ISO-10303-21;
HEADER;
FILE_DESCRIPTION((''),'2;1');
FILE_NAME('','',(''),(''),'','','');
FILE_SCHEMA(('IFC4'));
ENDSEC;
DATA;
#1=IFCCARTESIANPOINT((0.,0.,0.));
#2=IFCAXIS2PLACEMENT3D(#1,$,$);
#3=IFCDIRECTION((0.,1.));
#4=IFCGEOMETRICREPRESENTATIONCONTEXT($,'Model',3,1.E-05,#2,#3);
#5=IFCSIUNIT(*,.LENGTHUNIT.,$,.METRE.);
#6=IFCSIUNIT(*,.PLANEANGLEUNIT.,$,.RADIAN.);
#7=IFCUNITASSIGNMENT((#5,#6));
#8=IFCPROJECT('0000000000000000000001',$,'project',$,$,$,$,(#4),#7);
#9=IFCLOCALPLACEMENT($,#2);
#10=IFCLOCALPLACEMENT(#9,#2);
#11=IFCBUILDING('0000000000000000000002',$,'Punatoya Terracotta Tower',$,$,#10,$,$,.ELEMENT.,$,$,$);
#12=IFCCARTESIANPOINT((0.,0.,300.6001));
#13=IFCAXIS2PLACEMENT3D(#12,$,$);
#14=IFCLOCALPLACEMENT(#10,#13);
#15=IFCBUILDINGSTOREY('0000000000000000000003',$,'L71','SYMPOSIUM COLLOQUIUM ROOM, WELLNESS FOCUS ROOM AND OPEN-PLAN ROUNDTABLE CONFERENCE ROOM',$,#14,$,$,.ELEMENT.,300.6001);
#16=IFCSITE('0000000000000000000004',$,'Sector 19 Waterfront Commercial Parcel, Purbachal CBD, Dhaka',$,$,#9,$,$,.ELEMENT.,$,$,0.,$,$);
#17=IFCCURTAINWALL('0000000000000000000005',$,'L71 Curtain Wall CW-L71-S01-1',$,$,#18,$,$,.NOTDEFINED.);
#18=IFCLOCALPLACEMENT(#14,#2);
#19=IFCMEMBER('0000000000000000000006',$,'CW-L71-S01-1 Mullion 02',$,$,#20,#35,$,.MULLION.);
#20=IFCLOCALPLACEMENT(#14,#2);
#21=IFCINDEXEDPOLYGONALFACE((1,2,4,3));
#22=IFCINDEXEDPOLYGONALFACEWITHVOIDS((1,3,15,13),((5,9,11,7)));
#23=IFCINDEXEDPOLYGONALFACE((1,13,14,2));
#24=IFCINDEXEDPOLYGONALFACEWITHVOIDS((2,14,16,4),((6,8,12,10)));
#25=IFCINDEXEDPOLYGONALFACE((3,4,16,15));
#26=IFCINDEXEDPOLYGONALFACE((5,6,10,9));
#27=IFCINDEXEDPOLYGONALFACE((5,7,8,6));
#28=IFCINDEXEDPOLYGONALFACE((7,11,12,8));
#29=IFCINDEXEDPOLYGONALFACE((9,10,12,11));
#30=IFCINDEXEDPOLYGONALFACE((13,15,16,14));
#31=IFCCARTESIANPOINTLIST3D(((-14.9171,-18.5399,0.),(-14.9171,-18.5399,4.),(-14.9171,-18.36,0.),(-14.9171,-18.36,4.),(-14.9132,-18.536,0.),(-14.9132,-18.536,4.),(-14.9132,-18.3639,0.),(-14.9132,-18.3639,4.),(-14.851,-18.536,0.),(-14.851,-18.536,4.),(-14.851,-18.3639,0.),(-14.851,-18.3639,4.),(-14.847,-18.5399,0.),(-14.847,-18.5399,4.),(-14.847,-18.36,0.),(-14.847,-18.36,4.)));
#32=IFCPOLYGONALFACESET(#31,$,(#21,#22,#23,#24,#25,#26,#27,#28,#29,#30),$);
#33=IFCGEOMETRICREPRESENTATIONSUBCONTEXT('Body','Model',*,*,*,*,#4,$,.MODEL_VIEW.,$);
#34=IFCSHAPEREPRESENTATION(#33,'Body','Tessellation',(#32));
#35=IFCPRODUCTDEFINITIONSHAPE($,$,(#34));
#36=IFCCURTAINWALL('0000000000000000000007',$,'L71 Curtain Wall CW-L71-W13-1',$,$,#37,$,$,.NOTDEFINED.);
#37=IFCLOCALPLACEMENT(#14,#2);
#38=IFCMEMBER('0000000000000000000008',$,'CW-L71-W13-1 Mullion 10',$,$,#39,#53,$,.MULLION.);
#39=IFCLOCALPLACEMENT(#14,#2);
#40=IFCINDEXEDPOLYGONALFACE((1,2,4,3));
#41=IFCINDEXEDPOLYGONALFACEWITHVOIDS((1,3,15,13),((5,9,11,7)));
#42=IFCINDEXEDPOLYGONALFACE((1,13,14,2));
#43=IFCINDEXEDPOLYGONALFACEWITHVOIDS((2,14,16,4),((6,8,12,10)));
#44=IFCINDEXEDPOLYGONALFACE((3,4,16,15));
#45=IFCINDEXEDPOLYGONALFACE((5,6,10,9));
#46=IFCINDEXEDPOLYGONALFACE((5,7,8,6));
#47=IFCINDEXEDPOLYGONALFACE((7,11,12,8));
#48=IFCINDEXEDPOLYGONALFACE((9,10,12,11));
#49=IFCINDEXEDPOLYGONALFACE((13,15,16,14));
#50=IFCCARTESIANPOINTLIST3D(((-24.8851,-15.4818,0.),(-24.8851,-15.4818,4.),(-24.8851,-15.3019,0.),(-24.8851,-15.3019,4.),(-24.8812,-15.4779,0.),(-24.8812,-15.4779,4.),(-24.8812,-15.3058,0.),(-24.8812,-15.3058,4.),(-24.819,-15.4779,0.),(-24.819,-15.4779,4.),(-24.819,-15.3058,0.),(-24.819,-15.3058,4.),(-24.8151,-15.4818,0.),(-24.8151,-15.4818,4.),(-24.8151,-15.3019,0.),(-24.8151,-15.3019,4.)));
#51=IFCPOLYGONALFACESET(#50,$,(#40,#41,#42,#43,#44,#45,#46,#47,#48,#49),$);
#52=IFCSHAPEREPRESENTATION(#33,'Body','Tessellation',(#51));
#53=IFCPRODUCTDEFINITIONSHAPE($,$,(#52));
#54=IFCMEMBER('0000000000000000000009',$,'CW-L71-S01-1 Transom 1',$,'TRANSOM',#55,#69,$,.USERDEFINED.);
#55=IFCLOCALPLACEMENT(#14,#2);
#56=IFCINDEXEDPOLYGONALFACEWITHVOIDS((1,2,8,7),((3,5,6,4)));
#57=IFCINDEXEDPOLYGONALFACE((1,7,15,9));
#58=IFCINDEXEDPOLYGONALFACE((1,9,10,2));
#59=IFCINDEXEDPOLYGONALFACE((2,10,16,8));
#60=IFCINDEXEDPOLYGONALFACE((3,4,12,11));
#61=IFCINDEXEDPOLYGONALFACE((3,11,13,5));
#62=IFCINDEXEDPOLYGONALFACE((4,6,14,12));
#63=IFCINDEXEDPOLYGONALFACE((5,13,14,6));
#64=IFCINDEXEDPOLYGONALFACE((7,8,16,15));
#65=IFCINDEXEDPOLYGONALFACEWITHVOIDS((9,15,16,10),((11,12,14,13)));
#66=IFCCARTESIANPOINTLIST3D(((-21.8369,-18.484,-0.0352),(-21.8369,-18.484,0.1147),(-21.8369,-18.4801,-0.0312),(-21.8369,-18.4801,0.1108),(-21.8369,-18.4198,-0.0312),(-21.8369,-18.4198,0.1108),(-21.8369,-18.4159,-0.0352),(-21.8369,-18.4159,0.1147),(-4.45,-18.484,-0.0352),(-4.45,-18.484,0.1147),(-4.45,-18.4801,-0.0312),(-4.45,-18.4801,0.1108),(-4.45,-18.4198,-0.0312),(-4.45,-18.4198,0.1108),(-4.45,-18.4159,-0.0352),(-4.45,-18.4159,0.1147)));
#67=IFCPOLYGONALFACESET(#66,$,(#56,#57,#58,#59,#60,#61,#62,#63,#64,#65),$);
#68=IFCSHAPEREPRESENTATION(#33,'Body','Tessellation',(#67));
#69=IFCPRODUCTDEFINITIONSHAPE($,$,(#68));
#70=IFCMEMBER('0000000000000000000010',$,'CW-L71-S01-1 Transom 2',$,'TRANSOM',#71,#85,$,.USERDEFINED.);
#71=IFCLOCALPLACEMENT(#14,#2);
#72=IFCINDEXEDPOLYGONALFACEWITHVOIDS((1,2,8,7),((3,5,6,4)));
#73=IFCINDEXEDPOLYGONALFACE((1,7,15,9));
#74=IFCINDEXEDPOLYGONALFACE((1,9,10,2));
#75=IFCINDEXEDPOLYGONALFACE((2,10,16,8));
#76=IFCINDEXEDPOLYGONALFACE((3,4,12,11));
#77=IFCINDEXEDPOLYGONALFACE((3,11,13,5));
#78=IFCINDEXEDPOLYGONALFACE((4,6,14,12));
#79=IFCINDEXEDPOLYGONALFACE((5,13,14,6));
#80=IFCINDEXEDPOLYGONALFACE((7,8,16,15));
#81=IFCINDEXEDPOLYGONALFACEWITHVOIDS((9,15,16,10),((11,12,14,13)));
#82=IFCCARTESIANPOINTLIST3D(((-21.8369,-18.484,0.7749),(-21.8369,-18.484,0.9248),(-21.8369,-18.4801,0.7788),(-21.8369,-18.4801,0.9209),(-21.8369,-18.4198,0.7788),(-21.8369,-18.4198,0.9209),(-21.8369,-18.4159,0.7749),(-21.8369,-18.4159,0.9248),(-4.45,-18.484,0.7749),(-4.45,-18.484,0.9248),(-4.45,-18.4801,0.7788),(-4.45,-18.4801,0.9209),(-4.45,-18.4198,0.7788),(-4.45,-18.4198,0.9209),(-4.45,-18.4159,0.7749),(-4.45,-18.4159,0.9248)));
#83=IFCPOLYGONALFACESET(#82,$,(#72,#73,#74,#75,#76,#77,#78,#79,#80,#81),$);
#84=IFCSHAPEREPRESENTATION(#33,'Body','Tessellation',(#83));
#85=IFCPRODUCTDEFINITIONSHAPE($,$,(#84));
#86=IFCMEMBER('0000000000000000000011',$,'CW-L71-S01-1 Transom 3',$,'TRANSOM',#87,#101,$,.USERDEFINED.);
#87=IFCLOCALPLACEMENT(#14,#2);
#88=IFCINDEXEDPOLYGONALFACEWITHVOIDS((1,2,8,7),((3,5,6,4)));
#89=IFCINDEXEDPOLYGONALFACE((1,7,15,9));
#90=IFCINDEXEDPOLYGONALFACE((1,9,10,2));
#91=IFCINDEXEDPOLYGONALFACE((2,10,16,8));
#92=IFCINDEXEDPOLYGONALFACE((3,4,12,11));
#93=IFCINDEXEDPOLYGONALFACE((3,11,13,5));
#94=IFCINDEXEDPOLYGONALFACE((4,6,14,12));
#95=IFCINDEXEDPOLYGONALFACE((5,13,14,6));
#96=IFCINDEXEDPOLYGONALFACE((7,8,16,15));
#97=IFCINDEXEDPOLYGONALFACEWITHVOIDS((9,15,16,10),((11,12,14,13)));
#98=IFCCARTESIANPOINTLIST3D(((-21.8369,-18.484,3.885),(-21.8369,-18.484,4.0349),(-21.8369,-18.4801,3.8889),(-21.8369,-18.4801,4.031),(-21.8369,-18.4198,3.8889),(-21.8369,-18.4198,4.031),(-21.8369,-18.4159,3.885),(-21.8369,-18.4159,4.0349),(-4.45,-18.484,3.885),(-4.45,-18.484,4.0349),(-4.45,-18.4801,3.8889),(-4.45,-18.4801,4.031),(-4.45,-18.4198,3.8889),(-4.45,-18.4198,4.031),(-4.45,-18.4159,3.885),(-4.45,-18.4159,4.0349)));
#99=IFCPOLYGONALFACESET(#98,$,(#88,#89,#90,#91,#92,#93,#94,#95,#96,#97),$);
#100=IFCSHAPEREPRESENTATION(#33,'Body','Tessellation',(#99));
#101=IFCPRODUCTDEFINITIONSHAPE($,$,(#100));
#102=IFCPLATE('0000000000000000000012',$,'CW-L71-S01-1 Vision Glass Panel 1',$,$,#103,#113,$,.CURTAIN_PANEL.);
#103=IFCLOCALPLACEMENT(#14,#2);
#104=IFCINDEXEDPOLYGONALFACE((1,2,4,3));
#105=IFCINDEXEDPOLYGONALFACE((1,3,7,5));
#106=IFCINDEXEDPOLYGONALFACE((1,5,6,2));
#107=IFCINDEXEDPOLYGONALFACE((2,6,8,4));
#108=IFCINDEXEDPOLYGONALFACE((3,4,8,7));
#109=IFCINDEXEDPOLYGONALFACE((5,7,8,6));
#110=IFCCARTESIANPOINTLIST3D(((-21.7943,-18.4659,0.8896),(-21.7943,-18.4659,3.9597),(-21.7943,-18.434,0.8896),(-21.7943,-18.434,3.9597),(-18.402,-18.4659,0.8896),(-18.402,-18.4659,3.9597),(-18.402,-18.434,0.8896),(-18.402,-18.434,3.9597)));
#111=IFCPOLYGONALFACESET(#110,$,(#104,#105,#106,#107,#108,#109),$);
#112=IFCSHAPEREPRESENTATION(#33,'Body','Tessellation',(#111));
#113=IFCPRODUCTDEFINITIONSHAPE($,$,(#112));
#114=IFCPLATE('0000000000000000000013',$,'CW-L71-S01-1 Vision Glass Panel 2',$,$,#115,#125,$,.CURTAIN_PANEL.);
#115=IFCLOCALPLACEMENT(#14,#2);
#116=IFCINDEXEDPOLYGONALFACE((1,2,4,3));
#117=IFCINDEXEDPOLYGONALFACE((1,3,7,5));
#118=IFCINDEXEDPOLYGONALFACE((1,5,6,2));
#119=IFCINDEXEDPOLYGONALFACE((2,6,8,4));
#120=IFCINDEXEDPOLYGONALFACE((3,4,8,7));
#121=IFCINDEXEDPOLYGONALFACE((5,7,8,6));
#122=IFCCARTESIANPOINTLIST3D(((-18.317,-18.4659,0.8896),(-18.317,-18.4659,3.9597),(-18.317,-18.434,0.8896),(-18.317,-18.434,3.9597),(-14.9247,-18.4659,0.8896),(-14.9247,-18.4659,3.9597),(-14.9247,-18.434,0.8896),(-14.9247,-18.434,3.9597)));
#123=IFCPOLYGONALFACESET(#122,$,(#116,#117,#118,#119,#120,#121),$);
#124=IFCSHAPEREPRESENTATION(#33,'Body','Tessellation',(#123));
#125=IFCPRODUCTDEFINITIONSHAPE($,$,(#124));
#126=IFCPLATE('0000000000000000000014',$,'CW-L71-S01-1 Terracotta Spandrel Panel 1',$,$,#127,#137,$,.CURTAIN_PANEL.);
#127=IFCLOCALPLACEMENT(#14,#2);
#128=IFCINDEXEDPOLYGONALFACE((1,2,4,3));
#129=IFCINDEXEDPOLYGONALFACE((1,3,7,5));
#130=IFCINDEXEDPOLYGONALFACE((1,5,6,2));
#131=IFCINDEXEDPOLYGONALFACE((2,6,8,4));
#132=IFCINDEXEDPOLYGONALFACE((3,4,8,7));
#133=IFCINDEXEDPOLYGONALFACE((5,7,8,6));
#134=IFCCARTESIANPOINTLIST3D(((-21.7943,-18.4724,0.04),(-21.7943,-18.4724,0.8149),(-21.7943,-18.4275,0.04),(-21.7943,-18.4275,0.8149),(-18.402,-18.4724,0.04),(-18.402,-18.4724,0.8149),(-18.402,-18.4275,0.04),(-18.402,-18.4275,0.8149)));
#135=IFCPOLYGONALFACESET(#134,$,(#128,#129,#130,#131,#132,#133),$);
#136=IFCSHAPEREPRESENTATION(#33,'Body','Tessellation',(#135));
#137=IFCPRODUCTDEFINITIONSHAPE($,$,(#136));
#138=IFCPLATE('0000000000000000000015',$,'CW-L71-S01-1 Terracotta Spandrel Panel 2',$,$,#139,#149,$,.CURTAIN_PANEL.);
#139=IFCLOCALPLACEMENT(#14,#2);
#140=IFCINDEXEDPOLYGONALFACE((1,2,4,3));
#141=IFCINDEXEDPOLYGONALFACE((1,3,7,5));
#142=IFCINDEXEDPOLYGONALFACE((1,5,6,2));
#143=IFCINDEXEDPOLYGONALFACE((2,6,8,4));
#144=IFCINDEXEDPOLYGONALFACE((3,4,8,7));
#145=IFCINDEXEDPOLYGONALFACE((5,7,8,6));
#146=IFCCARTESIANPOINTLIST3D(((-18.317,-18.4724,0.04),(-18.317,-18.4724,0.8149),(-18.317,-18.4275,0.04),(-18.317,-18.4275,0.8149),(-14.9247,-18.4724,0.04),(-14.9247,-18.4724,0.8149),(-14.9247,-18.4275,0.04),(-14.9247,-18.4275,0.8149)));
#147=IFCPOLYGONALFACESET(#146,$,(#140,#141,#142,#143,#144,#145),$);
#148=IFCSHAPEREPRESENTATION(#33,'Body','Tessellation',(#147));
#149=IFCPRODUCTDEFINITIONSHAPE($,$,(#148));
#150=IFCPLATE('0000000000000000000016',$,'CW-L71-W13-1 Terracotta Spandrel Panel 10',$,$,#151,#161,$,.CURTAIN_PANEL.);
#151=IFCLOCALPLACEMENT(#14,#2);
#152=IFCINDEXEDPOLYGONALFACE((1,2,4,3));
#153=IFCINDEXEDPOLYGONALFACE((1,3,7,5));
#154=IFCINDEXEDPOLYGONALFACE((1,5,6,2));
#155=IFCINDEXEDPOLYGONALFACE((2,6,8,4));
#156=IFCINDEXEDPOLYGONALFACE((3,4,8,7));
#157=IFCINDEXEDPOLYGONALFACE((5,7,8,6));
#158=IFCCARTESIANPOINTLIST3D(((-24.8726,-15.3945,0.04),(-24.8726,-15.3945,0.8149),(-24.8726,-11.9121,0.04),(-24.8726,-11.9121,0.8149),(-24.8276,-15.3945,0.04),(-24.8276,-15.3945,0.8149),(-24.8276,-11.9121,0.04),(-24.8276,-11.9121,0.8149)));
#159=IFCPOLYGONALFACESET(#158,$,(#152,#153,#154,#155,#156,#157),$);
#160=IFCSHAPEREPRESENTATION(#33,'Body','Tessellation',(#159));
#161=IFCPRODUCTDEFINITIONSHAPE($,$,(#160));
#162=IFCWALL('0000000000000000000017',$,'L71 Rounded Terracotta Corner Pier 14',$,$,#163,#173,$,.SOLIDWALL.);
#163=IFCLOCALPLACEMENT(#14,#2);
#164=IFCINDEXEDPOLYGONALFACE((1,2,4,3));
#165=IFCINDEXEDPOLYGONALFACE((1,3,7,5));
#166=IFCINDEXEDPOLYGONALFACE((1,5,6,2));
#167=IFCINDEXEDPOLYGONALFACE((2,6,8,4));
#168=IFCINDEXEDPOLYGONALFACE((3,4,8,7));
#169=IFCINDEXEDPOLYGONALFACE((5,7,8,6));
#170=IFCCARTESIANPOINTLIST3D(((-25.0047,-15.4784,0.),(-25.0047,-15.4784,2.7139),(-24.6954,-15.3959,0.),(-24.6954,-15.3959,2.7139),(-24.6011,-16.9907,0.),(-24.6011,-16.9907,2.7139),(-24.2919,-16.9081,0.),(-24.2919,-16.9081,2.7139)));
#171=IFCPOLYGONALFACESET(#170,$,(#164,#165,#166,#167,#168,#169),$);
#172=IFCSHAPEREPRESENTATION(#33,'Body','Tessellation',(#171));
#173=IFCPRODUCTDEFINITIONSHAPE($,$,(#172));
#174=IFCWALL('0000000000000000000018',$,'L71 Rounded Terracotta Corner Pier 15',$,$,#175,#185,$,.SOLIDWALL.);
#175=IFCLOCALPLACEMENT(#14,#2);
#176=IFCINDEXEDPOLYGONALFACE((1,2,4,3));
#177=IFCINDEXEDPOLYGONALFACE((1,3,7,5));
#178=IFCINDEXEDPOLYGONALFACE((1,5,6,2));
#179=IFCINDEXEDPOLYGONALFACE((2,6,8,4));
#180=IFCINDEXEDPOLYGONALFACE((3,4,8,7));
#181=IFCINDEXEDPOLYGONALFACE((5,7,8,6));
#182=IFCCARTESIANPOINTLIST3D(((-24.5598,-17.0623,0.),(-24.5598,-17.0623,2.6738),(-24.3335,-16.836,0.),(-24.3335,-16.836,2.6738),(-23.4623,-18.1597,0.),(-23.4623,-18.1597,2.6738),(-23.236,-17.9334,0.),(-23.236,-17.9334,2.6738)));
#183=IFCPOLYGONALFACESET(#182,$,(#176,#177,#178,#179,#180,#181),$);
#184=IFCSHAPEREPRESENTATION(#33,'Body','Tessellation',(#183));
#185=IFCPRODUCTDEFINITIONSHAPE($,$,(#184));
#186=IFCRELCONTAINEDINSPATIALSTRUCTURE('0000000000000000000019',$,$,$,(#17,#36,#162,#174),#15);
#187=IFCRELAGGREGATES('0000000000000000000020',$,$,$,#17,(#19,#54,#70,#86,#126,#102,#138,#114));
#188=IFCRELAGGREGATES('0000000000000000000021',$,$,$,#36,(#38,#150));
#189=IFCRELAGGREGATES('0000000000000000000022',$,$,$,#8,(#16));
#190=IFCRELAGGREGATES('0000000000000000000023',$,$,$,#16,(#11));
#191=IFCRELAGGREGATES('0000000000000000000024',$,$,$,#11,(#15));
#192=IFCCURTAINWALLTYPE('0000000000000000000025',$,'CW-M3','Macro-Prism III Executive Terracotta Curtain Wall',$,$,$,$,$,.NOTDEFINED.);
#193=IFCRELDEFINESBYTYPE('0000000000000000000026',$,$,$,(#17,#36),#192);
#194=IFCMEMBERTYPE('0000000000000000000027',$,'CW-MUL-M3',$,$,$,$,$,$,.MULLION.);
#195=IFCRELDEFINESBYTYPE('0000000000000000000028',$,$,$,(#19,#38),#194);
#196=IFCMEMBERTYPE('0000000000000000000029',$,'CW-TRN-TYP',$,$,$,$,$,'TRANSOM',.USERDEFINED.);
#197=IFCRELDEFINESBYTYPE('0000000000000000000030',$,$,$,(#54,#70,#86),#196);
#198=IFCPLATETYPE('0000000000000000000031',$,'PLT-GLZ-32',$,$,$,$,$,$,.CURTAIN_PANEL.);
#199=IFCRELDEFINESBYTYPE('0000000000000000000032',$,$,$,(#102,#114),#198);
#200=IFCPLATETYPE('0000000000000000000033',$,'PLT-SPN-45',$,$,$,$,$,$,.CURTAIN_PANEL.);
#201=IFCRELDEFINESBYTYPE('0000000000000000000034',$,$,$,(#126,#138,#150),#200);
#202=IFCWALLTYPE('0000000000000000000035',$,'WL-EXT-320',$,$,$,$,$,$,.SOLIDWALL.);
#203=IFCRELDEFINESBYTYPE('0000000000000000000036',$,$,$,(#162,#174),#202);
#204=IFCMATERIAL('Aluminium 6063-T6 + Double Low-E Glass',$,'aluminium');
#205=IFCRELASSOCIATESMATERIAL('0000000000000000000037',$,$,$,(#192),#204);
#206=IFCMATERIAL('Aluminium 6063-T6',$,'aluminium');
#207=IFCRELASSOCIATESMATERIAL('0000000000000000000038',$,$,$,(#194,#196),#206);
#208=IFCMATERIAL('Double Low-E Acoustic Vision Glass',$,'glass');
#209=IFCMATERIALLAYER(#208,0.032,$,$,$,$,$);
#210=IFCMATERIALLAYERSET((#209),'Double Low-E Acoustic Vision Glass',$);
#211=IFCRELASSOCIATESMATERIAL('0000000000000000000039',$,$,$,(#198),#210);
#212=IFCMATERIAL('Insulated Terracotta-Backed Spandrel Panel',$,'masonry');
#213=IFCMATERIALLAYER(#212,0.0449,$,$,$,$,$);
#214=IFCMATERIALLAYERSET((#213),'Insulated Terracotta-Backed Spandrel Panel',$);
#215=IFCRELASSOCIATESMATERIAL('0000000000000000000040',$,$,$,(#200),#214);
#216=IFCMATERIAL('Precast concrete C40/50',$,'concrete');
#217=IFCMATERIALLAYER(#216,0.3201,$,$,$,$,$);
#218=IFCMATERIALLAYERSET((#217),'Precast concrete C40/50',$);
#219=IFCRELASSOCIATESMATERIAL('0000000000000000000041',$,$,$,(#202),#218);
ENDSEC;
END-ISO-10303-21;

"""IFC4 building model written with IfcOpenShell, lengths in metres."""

from ifc_helpers import new_model, si_unit, direction, frame, frame_2d, origin, origin_2d, place, context, subcontext, project, spatial, rectangle, hollow_rectangle, extrude, material, layer, layer_set, material_profile, profile_set, type_object, element, aggregate, save


model = new_model("IFC4")

# Units and contexts
model_context = context("Model", 3, precision=1e-05, world=origin(), true_north=direction((0.0, 1.0)))
body_context = subcontext(model_context, "Body", "Model", "MODEL_VIEW")
ifc_project = project(units=[si_unit("LENGTHUNIT", "METRE"), si_unit("PLANEANGLEUNIT", "RADIAN")], contexts=[model_context])

# Site, building, storey
site_placement = place(None, origin())
site = spatial("IfcSite", under=ifc_project, at=site_placement, Name="Sector 19 Waterfront Commercial Parcel, Purbachal CBD, Dhaka", CompositionType="ELEMENT", RefElevation=0.0)
building_placement = place(site_placement, origin())
building = spatial("IfcBuilding", under=site, at=building_placement, Name="Punatoya Terracotta Tower", CompositionType="ELEMENT")
storey_placement = place(building_placement, frame((0.0, 0.0, 300.6001)))
storey = spatial("IfcBuildingStorey", under=building, at=storey_placement, Name="L71", Description="SYMPOSIUM COLLOQUIUM ROOM, WELLNESS FOCUS ROOM AND OPEN-PLAN ROUNDTABLE CONFERENCE ROOM", CompositionType="ELEMENT", Elevation=300.6001)

# Curtain wall, member
ifc_material_1 = material(Name="Aluminium 6063-T6 + Double Low-E Glass", Category="aluminium")
curtain_wall_type = type_object("IfcCurtainWallType", Name="CW-M3", Description="Macro-Prism III Executive Terracotta Curtain Wall", PredefinedType="NOTDEFINED", material=ifc_material_1)
curtain_wall_1_placement = place(storey_placement, origin())
curtain_wall_1 = element("IfcCurtainWall", 1, at=curtain_wall_1_placement, inside=storey, type_object=curtain_wall_type, Name="L71 Curtain Wall CW-L71-S01-1", PredefinedType="NOTDEFINED")
ifc_material_2 = material(Name="Aluminium 6063-T6", Category="aluminium")
ifc_material_profile_1 = material_profile(ifc_material_2, hollow_rectangle(XDim=0.0701, YDim=0.1799, WallThickness=0.0039, at=origin_2d()))
ifc_profile_set_1 = profile_set([ifc_material_profile_1], Name="Aluminium 6063-T6")
member_type_1 = type_object("IfcMemberType", Name="CW-MUL-M3", PredefinedType="MULLION", material=ifc_profile_set_1)
member_1_placement = place(storey_placement, frame((-14.8821, -18.45, 0.0), z_axis=(0.0, 0.0, 1.0), x_axis=(1.0, 0.0, 0.0)))
member_1 = element("IfcMember", 2, at=member_1_placement, type_object=member_type_1, Name="CW-L71-S01-1 Mullion 02", PredefinedType="MULLION", context=body_context, shape_type="SweptSolid", body=[
    extrude(hollow_rectangle(XDim=0.0701, YDim=0.1799, WallThickness=0.0039, at=origin_2d()), origin(), (0.0, 0.0, 1.0), 4.0),
])

# Curtain wall, member
curtain_wall_2_placement = place(storey_placement, origin())
curtain_wall_2 = element("IfcCurtainWall", 3, at=curtain_wall_2_placement, inside=storey, type_object=curtain_wall_type, Name="L71 Curtain Wall CW-L71-W13-1", PredefinedType="NOTDEFINED")
member_2_placement = place(storey_placement, frame((-24.8501, -15.3918, 0.0), z_axis=(0.0, 0.0, 1.0), x_axis=(1.0, 0.0, 0.0)))
member_2 = element("IfcMember", 4, at=member_2_placement, type_object=member_type_1, Name="CW-L71-W13-1 Mullion 10", PredefinedType="MULLION", context=body_context, shape_type="SweptSolid", body=[
    extrude(hollow_rectangle(XDim=0.0701, YDim=0.1799, WallThickness=0.0039, at=origin_2d()), origin(), (0.0, 0.0, 1.0), 4.0),
])

# Members
ifc_material_profile_2 = material_profile(ifc_material_2, hollow_rectangle(XDim=0.0681, YDim=0.1499, WallThickness=0.0039, at=origin_2d()))
ifc_profile_set_2 = profile_set([ifc_material_profile_2], Name="Aluminium 6063-T6")
member_type_2 = type_object("IfcMemberType", Name="CW-TRN-TYP", ElementType="TRANSOM", PredefinedType="USERDEFINED", material=ifc_profile_set_2)
member_3_placement = place(storey_placement, frame((-21.8369, -18.45, 0.0398), z_axis=(1.0, 0.0, 0.0), x_axis=(0.0, 1.0, 0.0)))
member_3 = element("IfcMember", 5, at=member_3_placement, type_object=member_type_2, Name="CW-L71-S01-1 Transom 1", ObjectType="TRANSOM", PredefinedType="USERDEFINED", context=body_context, shape_type="SweptSolid", body=[
    extrude(hollow_rectangle(XDim=0.0681, YDim=0.1499, WallThickness=0.0039, at=origin_2d()), origin(), (0.0, 0.0, 1.0), 17.387),
])
member_4_placement = place(storey_placement, frame((-21.8369, -18.45, 0.8499), z_axis=(1.0, 0.0, 0.0), x_axis=(0.0, 1.0, 0.0)))
member_4 = element("IfcMember", 6, at=member_4_placement, type_object=member_type_2, Name="CW-L71-S01-1 Transom 2", ObjectType="TRANSOM", PredefinedType="USERDEFINED", context=body_context, shape_type="SweptSolid", body=[
    extrude(hollow_rectangle(XDim=0.0681, YDim=0.1499, WallThickness=0.0039, at=origin_2d()), origin(), (0.0, 0.0, 1.0), 17.387),
])
member_5_placement = place(storey_placement, frame((-21.8369, -18.45, 3.96), z_axis=(1.0, 0.0, 0.0), x_axis=(0.0, 1.0, 0.0)))
member_5 = element("IfcMember", 7, at=member_5_placement, type_object=member_type_2, Name="CW-L71-S01-1 Transom 3", ObjectType="TRANSOM", PredefinedType="USERDEFINED", context=body_context, shape_type="SweptSolid", body=[
    extrude(hollow_rectangle(XDim=0.0681, YDim=0.1499, WallThickness=0.0039, at=origin_2d()), origin(), (0.0, 0.0, 1.0), 17.387),
])

# Plates
ifc_material_3 = material(Name="Double Low-E Acoustic Vision Glass", Category="glass")
ifc_layer_1 = layer(ifc_material_3, 0.032)
ifc_layer_set_1 = layer_set([ifc_layer_1], Name="Double Low-E Acoustic Vision Glass")
plate_type_1 = type_object("IfcPlateType", Name="PLT-GLZ-32", PredefinedType="CURTAIN_PANEL", material=ifc_layer_set_1)
plate_1_placement = place(storey_placement, frame((-20.0981, -18.45, 0.8896), z_axis=(0.0, 0.0, 1.0), x_axis=(1.0, 0.0, 0.0)))
plate_1 = element("IfcPlate", 8, at=plate_1_placement, type_object=plate_type_1, Name="CW-L71-S01-1 Vision Glass Panel 1", PredefinedType="CURTAIN_PANEL", context=body_context, shape_type="SweptSolid", body=[
    extrude(rectangle(XDim=3.3923, YDim=0.032, at=origin_2d()), origin(), (0.0, 0.0, 1.0), 3.0701),
])
plate_2_placement = place(storey_placement, frame((-16.6208, -18.45, 0.8896), z_axis=(0.0, 0.0, 1.0), x_axis=(1.0, 0.0, 0.0)))
plate_2 = element("IfcPlate", 9, at=plate_2_placement, type_object=plate_type_1, Name="CW-L71-S01-1 Vision Glass Panel 2", PredefinedType="CURTAIN_PANEL", context=body_context, shape_type="SweptSolid", body=[
    extrude(rectangle(XDim=3.3923, YDim=0.032, at=origin_2d()), origin(), (0.0, 0.0, 1.0), 3.0701),
])
ifc_material_4 = material(Name="Insulated Terracotta-Backed Spandrel Panel", Category="masonry")
ifc_layer_2 = layer(ifc_material_4, 0.0449)
ifc_layer_set_2 = layer_set([ifc_layer_2], Name="Insulated Terracotta-Backed Spandrel Panel")
plate_type_2 = type_object("IfcPlateType", Name="PLT-SPN-45", PredefinedType="CURTAIN_PANEL", material=ifc_layer_set_2)
plate_3_placement = place(storey_placement, frame((-20.0981, -18.45, 0.04), z_axis=(0.0, 0.0, 1.0), x_axis=(1.0, 0.0, 0.0)))
plate_3 = element("IfcPlate", 10, at=plate_3_placement, type_object=plate_type_2, Name="CW-L71-S01-1 Terracotta Spandrel Panel 1", PredefinedType="CURTAIN_PANEL", context=body_context, shape_type="SweptSolid", body=[
    extrude(rectangle(XDim=3.3923, YDim=0.0449, at=origin_2d()), origin(), (0.0, 0.0, 1.0), 0.7749),
])
plate_4_placement = place(storey_placement, frame((-16.6208, -18.45, 0.04), z_axis=(0.0, 0.0, 1.0), x_axis=(1.0, 0.0, 0.0)))
plate_4 = element("IfcPlate", 11, at=plate_4_placement, type_object=plate_type_2, Name="CW-L71-S01-1 Terracotta Spandrel Panel 2", PredefinedType="CURTAIN_PANEL", context=body_context, shape_type="SweptSolid", body=[
    extrude(rectangle(XDim=3.3923, YDim=0.0449, at=origin_2d()), origin(), (0.0, 0.0, 1.0), 0.7749),
])
aggregate(curtain_wall_1, [member_1, member_3, member_4, member_5, plate_3, plate_1, plate_4, plate_2])
plate_5_placement = place(storey_placement, frame((-24.8501, -13.6533, 0.04), z_axis=(0.0, 0.0, 1.0), x_axis=(0.0, -1.0, 0.0)))
plate_5 = element("IfcPlate", 12, at=plate_5_placement, type_object=plate_type_2, Name="CW-L71-W13-1 Terracotta Spandrel Panel 10", PredefinedType="CURTAIN_PANEL", context=body_context, shape_type="SweptSolid", body=[
    extrude(rectangle(XDim=3.4824, YDim=0.0449, at=origin_2d()), origin(), (0.0, 0.0, 1.0), 0.7749),
])
aggregate(curtain_wall_2, [member_2, plate_5])

# Walls
ifc_material_5 = material(Name="Precast concrete C40/50", Category="concrete")
ifc_layer_3 = layer(ifc_material_5, 0.3201)
ifc_layer_set_3 = layer_set([ifc_layer_3], Name="Precast concrete C40/50")
wall_type = type_object("IfcWallType", Name="WL-EXT-320", PredefinedType="SOLIDWALL", material=ifc_layer_set_3)
wall_1_placement = place(storey_placement, frame((-24.8501, -15.437, 0.0), z_axis=(0.0, 0.0, 1.0), x_axis=(0.257847, -0.966186, 0.0)))
element("IfcWall", 13, at=wall_1_placement, inside=storey, type_object=wall_type, Name="L71 Rounded Terracotta Corner Pier 14", PredefinedType="SOLIDWALL", context=body_context, shape_type="SweptSolid", body=[
    extrude(rectangle(XDim=1.5652, YDim=0.3201, at=frame_2d((0.7827, 0.0))), origin(), (0.0, 0.0, 1.0), 2.7139),
])
wall_2_placement = place(storey_placement, frame((-24.4465, -16.9492, 0.0), z_axis=(0.0, 0.0, 1.0), x_axis=(0.707107, -0.707107, 0.0)))
element("IfcWall", 14, at=wall_2_placement, inside=storey, type_object=wall_type, Name="L71 Rounded Terracotta Corner Pier 15", PredefinedType="SOLIDWALL", context=body_context, shape_type="SweptSolid", body=[
    extrude(rectangle(XDim=1.552, YDim=0.3201, at=frame_2d((0.7759, 0.0))), origin(), (0.0, 0.0, 1.0), 2.6738),
])

save(model, "model.ifc")
